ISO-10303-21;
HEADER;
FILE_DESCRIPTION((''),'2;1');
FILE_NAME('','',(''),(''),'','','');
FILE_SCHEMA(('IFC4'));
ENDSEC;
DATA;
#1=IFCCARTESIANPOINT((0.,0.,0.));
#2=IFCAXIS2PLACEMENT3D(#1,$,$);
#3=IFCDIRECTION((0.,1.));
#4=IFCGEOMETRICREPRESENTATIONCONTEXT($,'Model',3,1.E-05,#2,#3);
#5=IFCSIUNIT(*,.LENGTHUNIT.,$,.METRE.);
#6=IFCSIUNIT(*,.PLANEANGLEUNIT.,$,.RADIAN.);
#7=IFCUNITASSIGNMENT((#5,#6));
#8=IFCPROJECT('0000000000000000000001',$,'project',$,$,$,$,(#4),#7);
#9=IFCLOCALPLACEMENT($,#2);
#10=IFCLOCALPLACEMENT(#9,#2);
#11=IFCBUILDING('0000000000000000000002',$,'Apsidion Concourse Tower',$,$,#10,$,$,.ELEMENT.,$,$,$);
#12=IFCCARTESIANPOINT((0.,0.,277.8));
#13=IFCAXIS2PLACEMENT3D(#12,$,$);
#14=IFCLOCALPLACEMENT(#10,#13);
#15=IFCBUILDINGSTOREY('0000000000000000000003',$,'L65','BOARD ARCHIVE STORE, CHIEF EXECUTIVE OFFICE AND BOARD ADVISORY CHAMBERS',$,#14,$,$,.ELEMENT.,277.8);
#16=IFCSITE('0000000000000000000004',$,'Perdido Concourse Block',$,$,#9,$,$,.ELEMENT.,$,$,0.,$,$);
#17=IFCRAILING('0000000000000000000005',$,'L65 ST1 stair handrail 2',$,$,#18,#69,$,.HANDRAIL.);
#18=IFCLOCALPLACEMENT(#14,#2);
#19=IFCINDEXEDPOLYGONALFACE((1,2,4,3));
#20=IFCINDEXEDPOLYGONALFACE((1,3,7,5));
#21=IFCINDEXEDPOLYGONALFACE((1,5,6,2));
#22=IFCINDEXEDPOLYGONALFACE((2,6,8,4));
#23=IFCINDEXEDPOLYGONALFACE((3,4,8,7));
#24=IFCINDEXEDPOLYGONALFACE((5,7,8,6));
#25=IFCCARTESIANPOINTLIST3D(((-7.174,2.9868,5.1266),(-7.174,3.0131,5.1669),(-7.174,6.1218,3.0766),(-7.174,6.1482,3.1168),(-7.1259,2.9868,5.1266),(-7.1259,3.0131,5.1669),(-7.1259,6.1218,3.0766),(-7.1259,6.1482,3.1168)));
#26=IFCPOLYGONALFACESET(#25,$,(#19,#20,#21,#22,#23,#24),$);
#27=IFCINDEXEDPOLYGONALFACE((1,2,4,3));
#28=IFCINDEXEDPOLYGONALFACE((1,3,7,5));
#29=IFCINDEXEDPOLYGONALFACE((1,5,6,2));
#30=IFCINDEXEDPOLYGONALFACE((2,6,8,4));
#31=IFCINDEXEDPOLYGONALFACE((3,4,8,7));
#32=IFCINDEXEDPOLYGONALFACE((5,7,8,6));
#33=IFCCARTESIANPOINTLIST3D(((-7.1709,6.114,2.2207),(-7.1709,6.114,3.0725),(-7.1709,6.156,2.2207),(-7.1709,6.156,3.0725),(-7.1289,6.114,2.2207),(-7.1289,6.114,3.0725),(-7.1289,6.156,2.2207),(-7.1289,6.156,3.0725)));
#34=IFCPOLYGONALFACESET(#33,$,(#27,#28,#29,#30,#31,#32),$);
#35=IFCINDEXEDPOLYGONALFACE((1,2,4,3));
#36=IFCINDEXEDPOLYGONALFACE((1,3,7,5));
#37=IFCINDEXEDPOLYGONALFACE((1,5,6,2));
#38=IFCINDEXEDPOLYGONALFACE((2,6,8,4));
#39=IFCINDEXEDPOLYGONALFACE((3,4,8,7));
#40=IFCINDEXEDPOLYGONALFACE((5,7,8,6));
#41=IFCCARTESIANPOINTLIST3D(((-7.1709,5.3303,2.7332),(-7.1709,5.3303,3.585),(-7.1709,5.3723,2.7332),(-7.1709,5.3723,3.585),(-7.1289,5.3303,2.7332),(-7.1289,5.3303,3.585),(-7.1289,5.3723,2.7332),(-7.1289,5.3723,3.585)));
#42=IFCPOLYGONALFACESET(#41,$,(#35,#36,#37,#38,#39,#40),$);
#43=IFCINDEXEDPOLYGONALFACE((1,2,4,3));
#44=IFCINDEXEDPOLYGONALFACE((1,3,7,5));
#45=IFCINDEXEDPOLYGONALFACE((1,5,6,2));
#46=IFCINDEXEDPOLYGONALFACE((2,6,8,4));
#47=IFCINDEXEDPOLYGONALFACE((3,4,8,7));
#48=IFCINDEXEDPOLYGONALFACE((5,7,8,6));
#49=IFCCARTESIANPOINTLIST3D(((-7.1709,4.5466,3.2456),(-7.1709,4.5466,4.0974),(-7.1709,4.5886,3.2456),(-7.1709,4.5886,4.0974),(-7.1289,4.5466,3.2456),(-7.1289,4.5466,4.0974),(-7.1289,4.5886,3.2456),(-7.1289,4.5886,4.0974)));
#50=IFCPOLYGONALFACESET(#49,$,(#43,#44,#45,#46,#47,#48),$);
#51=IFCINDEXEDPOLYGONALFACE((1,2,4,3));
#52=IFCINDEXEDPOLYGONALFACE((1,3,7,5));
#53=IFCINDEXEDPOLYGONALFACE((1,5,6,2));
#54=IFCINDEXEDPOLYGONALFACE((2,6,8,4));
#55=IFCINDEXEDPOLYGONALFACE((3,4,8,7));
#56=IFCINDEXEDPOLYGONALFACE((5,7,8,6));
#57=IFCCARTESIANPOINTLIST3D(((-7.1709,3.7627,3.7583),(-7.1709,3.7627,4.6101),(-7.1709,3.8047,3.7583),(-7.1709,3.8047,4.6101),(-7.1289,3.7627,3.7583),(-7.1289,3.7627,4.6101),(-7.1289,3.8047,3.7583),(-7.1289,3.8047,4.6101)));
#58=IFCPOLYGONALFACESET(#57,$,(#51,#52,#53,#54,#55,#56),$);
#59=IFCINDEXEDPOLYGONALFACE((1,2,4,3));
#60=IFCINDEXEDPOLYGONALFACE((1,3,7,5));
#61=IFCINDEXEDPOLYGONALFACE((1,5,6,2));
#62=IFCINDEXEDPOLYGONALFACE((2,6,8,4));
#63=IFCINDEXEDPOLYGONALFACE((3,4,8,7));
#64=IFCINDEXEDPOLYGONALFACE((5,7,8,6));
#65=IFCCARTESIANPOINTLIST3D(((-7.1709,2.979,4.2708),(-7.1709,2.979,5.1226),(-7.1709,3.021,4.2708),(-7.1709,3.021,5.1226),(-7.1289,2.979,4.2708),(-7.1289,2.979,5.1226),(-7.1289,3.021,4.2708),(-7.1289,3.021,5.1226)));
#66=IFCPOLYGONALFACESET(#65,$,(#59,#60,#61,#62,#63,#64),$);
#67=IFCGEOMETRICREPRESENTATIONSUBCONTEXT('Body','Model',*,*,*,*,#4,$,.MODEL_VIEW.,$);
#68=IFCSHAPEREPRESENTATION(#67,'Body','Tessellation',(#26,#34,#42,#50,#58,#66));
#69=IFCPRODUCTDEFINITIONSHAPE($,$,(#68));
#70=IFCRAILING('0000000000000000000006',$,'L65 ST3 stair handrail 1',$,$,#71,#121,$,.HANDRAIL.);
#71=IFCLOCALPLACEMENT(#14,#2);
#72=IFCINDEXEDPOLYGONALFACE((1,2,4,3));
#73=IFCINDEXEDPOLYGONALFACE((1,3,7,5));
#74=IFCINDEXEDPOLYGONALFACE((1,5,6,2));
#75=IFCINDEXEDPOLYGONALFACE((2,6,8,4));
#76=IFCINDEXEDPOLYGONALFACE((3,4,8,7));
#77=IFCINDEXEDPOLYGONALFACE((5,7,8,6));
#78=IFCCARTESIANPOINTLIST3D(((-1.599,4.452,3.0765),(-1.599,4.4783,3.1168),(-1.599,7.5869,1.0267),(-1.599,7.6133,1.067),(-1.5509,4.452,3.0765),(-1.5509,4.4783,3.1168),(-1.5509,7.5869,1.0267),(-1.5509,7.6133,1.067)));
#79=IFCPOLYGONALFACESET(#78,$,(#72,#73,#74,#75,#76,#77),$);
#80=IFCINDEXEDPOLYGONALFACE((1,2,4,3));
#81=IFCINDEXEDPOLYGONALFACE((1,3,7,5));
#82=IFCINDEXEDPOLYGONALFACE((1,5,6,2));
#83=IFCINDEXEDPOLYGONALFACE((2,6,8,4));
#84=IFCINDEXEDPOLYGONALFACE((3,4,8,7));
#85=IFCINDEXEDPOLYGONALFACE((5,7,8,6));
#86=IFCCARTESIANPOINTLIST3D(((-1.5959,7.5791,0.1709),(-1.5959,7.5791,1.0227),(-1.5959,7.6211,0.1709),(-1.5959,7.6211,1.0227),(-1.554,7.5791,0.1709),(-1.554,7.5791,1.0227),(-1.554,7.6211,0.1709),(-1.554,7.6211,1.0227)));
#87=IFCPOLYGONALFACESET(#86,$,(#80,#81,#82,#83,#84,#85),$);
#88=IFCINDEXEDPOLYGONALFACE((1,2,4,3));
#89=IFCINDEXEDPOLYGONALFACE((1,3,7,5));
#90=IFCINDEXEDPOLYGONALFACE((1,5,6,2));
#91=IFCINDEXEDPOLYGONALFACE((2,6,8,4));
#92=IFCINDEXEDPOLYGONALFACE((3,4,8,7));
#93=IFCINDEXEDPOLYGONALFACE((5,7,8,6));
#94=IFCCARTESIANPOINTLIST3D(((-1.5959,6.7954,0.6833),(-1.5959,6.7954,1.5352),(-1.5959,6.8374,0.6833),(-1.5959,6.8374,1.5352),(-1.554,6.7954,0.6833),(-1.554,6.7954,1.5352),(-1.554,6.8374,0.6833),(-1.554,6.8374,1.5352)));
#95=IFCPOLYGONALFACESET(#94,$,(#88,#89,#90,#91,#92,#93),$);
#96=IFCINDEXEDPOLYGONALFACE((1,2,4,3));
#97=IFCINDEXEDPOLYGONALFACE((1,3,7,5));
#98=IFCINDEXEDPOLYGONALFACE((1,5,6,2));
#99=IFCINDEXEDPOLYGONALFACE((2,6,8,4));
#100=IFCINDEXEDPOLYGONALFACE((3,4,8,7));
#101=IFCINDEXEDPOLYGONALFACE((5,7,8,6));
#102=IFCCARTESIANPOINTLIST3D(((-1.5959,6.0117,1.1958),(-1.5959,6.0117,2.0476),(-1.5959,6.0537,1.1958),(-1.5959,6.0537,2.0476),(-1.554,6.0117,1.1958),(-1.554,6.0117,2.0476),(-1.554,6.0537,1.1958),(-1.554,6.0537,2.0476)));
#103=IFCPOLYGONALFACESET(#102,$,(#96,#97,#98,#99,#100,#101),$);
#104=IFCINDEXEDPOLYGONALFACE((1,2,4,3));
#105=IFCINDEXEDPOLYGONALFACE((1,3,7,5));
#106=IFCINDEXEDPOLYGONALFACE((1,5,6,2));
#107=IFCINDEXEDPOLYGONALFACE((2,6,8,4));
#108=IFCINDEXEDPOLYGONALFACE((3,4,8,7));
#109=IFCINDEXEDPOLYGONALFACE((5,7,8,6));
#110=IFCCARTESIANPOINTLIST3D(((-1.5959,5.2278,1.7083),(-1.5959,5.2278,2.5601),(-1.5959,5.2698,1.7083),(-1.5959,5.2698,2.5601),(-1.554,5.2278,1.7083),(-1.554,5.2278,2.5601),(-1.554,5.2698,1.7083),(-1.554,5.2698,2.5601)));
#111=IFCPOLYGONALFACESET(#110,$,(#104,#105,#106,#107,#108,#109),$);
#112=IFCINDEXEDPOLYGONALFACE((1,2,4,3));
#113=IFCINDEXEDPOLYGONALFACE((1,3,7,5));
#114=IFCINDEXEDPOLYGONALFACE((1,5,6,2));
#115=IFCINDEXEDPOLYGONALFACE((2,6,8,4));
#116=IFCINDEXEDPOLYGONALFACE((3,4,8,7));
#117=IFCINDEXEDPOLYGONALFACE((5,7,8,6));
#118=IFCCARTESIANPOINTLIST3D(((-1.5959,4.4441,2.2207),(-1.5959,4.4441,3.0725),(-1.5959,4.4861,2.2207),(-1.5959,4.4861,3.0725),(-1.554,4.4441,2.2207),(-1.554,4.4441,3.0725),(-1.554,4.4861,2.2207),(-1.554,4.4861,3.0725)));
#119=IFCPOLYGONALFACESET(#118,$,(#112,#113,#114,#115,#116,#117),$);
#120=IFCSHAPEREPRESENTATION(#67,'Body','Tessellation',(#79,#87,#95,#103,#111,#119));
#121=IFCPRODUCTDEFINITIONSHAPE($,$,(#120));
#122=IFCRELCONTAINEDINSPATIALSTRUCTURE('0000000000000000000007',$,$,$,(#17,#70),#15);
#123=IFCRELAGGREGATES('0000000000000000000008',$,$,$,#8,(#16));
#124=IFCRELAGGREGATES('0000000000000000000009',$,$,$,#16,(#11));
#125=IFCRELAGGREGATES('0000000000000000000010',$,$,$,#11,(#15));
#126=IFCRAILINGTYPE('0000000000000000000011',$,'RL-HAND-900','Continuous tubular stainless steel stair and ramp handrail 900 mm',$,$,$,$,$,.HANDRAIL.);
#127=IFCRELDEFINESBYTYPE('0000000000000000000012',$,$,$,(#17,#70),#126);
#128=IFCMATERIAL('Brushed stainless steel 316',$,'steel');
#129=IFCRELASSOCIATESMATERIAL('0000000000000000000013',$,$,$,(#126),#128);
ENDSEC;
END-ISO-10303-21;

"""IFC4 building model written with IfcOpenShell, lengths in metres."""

from ifc_helpers import new_model, si_unit, direction, frame, origin, origin_2d, place, context, subcontext, project, spatial, rectangle, extrude, material, type_object, element, save


model = new_model("IFC4")

# Units and contexts
model_context = context("Model", 3, precision=1e-05, world=origin(), true_north=direction((0.0, 1.0)))
body_context = subcontext(model_context, "Body", "Model", "MODEL_VIEW")
ifc_project = project(units=[si_unit("LENGTHUNIT", "METRE"), si_unit("PLANEANGLEUNIT", "RADIAN")], contexts=[model_context])

# Site, building, storey
site_placement = place(None, origin())
site = spatial("IfcSite", under=ifc_project, at=site_placement, Name="Perdido Concourse Block", CompositionType="ELEMENT", RefElevation=0.0)
building_placement = place(site_placement, origin())
building = spatial("IfcBuilding", under=site, at=building_placement, Name="Apsidion Concourse Tower", CompositionType="ELEMENT")
storey_placement = place(building_placement, frame((0.0, 0.0, 277.8)))
storey = spatial("IfcBuildingStorey", under=building, at=storey_placement, Name="L65", Description="BOARD ARCHIVE STORE, CHIEF EXECUTIVE OFFICE AND BOARD ADVISORY CHAMBERS", CompositionType="ELEMENT", Elevation=277.8)

# Shared definitions
ifc_material_1 = material(Name="Brushed stainless steel 316", Category="steel")

# Railings
railing_type_1 = type_object("IfcRailingType", Name="RL-HAND-900", Description="Continuous tubular stainless steel stair and ramp handrail 900 mm", PredefinedType="HANDRAIL", material=ifc_material_1)
railing_1_placement = place(storey_placement, frame((-7.1499, 6.135, 2.2207)))
element("IfcRailing", 1, at=railing_1_placement, inside=storey, type_object=railing_type_1, Name="L65 ST1 stair handrail 2", PredefinedType="HANDRAIL", context=body_context, shape_type="SweptSolid", body=[
    extrude(rectangle(XDim=0.0481, YDim=0.0481, at=origin_2d()), frame((0.0, 0.0, 0.876), z_axis=(0.0, -0.836941, 0.547293), x_axis=(1.0, 0.0, 0.0)), (0.0, 0.0, 1.0), 3.7458),
    extrude(rectangle(XDim=0.042, YDim=0.042, at=origin_2d()), origin(), (0.0, 0.0, 1.0), 0.8518),
    extrude(rectangle(XDim=0.042, YDim=0.042, at=origin_2d()), frame((0.0, -0.7837, 0.5125)), (0.0, 0.0, 1.0), 0.8518),
    extrude(rectangle(XDim=0.042, YDim=0.042, at=origin_2d()), frame((0.0, -1.5674, 1.0249)), (0.0, 0.0, 1.0), 0.8518),
    extrude(rectangle(XDim=0.042, YDim=0.042, at=origin_2d()), frame((0.0, -2.3513, 1.5376)), (0.0, 0.0, 1.0), 0.8518),
    extrude(rectangle(XDim=0.042, YDim=0.042, at=origin_2d()), frame((0.0, -3.135, 2.05)), (0.0, 0.0, 1.0), 0.8518),
])
railing_2_placement = place(storey_placement, frame((-1.575, 7.6001, 0.1709)))
element("IfcRailing", 2, at=railing_2_placement, inside=storey, type_object=railing_type_1, Name="L65 ST3 stair handrail 1", PredefinedType="HANDRAIL", context=body_context, shape_type="SweptSolid", body=[
    extrude(rectangle(XDim=0.0481, YDim=0.0481, at=origin_2d()), frame((0.0, 0.0, 0.876), z_axis=(0.0, -0.836971, 0.547248), x_axis=(1.0, 0.0, 0.0)), (0.0, 0.0, 1.0), 3.7456),
    extrude(rectangle(XDim=0.042, YDim=0.042, at=origin_2d()), origin(), (0.0, 0.0, 1.0), 0.8518),
    extrude(rectangle(XDim=0.042, YDim=0.042, at=origin_2d()), frame((0.0, -0.7837, 0.5125)), (0.0, 0.0, 1.0), 0.8518),
    extrude(rectangle(XDim=0.042, YDim=0.042, at=origin_2d()), frame((0.0, -1.5674, 1.0249)), (0.0, 0.0, 1.0), 0.8518),
    extrude(rectangle(XDim=0.042, YDim=0.042, at=origin_2d()), frame((0.0, -2.3513, 1.5374)), (0.0, 0.0, 1.0), 0.8518),
    extrude(rectangle(XDim=0.042, YDim=0.042, at=origin_2d()), frame((0.0, -3.135, 2.0498)), (0.0, 0.0, 1.0), 0.8518),
])

save(model, "model.ifc")
